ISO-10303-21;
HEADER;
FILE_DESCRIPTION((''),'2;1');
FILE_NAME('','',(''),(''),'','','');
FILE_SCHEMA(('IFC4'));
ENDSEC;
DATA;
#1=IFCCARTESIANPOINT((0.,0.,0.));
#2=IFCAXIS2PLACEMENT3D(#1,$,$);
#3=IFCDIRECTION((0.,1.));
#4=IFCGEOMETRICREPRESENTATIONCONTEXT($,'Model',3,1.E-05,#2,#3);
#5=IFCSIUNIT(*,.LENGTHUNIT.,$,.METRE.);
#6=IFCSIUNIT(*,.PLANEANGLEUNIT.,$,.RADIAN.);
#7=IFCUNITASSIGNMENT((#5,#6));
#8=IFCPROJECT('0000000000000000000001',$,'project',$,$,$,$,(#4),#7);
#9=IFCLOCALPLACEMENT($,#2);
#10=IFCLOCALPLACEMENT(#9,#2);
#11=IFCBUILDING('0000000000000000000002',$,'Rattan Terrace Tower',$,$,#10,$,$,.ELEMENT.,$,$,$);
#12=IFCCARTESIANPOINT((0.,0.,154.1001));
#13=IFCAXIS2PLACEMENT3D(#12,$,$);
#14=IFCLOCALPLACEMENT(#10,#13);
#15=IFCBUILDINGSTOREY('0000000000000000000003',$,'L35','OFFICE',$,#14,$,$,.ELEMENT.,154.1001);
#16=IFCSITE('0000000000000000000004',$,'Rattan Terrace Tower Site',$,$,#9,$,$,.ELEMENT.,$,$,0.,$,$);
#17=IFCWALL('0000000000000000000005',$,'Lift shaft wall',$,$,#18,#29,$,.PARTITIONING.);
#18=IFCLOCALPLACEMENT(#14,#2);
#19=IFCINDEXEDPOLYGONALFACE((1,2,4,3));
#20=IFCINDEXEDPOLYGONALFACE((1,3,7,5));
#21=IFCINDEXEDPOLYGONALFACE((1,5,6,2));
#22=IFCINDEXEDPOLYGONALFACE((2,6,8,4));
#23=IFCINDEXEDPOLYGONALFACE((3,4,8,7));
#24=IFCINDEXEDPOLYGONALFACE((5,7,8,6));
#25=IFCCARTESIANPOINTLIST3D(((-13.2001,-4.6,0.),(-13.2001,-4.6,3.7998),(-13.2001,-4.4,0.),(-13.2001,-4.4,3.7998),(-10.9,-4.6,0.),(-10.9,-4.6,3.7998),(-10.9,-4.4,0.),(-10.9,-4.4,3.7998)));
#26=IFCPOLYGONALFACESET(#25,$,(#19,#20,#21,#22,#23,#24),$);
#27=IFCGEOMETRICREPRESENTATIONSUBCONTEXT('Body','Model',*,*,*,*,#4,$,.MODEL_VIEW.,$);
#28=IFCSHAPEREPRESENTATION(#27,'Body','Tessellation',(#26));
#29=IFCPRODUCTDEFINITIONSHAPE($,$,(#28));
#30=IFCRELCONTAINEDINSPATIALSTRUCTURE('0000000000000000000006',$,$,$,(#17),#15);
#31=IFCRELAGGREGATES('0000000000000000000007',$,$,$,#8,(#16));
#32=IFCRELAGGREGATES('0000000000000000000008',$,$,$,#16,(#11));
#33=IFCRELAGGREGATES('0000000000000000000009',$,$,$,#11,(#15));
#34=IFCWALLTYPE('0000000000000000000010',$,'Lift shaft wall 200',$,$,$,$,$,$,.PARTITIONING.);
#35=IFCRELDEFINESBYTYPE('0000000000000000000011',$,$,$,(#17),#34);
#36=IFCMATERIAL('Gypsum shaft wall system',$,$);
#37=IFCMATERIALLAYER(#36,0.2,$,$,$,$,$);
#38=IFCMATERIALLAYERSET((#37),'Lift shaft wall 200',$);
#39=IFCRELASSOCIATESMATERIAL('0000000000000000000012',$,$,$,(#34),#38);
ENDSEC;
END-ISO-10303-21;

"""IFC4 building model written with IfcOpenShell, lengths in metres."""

from ifc_helpers import new_model, si_unit, direction, frame, frame_2d, origin, place, context, subcontext, project, spatial, rectangle, extrude, material, layer, layer_set, type_object, element, save


model = new_model("IFC4")

# Units and contexts
model_context = context("Model", 3, precision=1e-05, world=origin(), true_north=direction((0.0, 1.0)))
body_context = subcontext(model_context, "Body", "Model", "MODEL_VIEW")
ifc_project = project(units=[si_unit("LENGTHUNIT", "METRE"), si_unit("PLANEANGLEUNIT", "RADIAN")], contexts=[model_context])

# Site, building, storey
site_placement = place(None, origin())
site = spatial("IfcSite", under=ifc_project, at=site_placement, Name="Rattan Terrace Tower Site", CompositionType="ELEMENT", RefElevation=0.0)
building_placement = place(site_placement, origin())
building = spatial("IfcBuilding", under=site, at=building_placement, Name="Rattan Terrace Tower", CompositionType="ELEMENT")
storey_placement = place(building_placement, frame((0.0, 0.0, 154.1001)))
storey = spatial("IfcBuildingStorey", under=building, at=storey_placement, Name="L35", Description="OFFICE", CompositionType="ELEMENT", Elevation=154.1001)

# Shared definitions
ifc_material_1 = material(Name="Gypsum shaft wall system")
ifc_layer_1 = layer(ifc_material_1, 0.2)
ifc_layer_set_1 = layer_set([ifc_layer_1], Name="Lift shaft wall 200")
wall_type_1 = type_object("IfcWallType", Name="Lift shaft wall 200", PredefinedType="PARTITIONING", material=ifc_layer_set_1)

# Wall
wall_1_placement = place(storey_placement, frame((-13.2, -4.5, 0.0), z_axis=(0.0, 0.0, 1.0), x_axis=(1.0, 0.0, 0.0)))
element("IfcWall", 1, at=wall_1_placement, inside=storey, type_object=wall_type_1, Name="Lift shaft wall", PredefinedType="PARTITIONING", context=body_context, shape_type="SweptSolid", body=[
    extrude(rectangle(XDim=2.3, YDim=0.2, at=frame_2d((1.1499, 0.0))), origin(), (0.0, 0.0, 1.0), 3.7998),
])

save(model, "model.ifc")
